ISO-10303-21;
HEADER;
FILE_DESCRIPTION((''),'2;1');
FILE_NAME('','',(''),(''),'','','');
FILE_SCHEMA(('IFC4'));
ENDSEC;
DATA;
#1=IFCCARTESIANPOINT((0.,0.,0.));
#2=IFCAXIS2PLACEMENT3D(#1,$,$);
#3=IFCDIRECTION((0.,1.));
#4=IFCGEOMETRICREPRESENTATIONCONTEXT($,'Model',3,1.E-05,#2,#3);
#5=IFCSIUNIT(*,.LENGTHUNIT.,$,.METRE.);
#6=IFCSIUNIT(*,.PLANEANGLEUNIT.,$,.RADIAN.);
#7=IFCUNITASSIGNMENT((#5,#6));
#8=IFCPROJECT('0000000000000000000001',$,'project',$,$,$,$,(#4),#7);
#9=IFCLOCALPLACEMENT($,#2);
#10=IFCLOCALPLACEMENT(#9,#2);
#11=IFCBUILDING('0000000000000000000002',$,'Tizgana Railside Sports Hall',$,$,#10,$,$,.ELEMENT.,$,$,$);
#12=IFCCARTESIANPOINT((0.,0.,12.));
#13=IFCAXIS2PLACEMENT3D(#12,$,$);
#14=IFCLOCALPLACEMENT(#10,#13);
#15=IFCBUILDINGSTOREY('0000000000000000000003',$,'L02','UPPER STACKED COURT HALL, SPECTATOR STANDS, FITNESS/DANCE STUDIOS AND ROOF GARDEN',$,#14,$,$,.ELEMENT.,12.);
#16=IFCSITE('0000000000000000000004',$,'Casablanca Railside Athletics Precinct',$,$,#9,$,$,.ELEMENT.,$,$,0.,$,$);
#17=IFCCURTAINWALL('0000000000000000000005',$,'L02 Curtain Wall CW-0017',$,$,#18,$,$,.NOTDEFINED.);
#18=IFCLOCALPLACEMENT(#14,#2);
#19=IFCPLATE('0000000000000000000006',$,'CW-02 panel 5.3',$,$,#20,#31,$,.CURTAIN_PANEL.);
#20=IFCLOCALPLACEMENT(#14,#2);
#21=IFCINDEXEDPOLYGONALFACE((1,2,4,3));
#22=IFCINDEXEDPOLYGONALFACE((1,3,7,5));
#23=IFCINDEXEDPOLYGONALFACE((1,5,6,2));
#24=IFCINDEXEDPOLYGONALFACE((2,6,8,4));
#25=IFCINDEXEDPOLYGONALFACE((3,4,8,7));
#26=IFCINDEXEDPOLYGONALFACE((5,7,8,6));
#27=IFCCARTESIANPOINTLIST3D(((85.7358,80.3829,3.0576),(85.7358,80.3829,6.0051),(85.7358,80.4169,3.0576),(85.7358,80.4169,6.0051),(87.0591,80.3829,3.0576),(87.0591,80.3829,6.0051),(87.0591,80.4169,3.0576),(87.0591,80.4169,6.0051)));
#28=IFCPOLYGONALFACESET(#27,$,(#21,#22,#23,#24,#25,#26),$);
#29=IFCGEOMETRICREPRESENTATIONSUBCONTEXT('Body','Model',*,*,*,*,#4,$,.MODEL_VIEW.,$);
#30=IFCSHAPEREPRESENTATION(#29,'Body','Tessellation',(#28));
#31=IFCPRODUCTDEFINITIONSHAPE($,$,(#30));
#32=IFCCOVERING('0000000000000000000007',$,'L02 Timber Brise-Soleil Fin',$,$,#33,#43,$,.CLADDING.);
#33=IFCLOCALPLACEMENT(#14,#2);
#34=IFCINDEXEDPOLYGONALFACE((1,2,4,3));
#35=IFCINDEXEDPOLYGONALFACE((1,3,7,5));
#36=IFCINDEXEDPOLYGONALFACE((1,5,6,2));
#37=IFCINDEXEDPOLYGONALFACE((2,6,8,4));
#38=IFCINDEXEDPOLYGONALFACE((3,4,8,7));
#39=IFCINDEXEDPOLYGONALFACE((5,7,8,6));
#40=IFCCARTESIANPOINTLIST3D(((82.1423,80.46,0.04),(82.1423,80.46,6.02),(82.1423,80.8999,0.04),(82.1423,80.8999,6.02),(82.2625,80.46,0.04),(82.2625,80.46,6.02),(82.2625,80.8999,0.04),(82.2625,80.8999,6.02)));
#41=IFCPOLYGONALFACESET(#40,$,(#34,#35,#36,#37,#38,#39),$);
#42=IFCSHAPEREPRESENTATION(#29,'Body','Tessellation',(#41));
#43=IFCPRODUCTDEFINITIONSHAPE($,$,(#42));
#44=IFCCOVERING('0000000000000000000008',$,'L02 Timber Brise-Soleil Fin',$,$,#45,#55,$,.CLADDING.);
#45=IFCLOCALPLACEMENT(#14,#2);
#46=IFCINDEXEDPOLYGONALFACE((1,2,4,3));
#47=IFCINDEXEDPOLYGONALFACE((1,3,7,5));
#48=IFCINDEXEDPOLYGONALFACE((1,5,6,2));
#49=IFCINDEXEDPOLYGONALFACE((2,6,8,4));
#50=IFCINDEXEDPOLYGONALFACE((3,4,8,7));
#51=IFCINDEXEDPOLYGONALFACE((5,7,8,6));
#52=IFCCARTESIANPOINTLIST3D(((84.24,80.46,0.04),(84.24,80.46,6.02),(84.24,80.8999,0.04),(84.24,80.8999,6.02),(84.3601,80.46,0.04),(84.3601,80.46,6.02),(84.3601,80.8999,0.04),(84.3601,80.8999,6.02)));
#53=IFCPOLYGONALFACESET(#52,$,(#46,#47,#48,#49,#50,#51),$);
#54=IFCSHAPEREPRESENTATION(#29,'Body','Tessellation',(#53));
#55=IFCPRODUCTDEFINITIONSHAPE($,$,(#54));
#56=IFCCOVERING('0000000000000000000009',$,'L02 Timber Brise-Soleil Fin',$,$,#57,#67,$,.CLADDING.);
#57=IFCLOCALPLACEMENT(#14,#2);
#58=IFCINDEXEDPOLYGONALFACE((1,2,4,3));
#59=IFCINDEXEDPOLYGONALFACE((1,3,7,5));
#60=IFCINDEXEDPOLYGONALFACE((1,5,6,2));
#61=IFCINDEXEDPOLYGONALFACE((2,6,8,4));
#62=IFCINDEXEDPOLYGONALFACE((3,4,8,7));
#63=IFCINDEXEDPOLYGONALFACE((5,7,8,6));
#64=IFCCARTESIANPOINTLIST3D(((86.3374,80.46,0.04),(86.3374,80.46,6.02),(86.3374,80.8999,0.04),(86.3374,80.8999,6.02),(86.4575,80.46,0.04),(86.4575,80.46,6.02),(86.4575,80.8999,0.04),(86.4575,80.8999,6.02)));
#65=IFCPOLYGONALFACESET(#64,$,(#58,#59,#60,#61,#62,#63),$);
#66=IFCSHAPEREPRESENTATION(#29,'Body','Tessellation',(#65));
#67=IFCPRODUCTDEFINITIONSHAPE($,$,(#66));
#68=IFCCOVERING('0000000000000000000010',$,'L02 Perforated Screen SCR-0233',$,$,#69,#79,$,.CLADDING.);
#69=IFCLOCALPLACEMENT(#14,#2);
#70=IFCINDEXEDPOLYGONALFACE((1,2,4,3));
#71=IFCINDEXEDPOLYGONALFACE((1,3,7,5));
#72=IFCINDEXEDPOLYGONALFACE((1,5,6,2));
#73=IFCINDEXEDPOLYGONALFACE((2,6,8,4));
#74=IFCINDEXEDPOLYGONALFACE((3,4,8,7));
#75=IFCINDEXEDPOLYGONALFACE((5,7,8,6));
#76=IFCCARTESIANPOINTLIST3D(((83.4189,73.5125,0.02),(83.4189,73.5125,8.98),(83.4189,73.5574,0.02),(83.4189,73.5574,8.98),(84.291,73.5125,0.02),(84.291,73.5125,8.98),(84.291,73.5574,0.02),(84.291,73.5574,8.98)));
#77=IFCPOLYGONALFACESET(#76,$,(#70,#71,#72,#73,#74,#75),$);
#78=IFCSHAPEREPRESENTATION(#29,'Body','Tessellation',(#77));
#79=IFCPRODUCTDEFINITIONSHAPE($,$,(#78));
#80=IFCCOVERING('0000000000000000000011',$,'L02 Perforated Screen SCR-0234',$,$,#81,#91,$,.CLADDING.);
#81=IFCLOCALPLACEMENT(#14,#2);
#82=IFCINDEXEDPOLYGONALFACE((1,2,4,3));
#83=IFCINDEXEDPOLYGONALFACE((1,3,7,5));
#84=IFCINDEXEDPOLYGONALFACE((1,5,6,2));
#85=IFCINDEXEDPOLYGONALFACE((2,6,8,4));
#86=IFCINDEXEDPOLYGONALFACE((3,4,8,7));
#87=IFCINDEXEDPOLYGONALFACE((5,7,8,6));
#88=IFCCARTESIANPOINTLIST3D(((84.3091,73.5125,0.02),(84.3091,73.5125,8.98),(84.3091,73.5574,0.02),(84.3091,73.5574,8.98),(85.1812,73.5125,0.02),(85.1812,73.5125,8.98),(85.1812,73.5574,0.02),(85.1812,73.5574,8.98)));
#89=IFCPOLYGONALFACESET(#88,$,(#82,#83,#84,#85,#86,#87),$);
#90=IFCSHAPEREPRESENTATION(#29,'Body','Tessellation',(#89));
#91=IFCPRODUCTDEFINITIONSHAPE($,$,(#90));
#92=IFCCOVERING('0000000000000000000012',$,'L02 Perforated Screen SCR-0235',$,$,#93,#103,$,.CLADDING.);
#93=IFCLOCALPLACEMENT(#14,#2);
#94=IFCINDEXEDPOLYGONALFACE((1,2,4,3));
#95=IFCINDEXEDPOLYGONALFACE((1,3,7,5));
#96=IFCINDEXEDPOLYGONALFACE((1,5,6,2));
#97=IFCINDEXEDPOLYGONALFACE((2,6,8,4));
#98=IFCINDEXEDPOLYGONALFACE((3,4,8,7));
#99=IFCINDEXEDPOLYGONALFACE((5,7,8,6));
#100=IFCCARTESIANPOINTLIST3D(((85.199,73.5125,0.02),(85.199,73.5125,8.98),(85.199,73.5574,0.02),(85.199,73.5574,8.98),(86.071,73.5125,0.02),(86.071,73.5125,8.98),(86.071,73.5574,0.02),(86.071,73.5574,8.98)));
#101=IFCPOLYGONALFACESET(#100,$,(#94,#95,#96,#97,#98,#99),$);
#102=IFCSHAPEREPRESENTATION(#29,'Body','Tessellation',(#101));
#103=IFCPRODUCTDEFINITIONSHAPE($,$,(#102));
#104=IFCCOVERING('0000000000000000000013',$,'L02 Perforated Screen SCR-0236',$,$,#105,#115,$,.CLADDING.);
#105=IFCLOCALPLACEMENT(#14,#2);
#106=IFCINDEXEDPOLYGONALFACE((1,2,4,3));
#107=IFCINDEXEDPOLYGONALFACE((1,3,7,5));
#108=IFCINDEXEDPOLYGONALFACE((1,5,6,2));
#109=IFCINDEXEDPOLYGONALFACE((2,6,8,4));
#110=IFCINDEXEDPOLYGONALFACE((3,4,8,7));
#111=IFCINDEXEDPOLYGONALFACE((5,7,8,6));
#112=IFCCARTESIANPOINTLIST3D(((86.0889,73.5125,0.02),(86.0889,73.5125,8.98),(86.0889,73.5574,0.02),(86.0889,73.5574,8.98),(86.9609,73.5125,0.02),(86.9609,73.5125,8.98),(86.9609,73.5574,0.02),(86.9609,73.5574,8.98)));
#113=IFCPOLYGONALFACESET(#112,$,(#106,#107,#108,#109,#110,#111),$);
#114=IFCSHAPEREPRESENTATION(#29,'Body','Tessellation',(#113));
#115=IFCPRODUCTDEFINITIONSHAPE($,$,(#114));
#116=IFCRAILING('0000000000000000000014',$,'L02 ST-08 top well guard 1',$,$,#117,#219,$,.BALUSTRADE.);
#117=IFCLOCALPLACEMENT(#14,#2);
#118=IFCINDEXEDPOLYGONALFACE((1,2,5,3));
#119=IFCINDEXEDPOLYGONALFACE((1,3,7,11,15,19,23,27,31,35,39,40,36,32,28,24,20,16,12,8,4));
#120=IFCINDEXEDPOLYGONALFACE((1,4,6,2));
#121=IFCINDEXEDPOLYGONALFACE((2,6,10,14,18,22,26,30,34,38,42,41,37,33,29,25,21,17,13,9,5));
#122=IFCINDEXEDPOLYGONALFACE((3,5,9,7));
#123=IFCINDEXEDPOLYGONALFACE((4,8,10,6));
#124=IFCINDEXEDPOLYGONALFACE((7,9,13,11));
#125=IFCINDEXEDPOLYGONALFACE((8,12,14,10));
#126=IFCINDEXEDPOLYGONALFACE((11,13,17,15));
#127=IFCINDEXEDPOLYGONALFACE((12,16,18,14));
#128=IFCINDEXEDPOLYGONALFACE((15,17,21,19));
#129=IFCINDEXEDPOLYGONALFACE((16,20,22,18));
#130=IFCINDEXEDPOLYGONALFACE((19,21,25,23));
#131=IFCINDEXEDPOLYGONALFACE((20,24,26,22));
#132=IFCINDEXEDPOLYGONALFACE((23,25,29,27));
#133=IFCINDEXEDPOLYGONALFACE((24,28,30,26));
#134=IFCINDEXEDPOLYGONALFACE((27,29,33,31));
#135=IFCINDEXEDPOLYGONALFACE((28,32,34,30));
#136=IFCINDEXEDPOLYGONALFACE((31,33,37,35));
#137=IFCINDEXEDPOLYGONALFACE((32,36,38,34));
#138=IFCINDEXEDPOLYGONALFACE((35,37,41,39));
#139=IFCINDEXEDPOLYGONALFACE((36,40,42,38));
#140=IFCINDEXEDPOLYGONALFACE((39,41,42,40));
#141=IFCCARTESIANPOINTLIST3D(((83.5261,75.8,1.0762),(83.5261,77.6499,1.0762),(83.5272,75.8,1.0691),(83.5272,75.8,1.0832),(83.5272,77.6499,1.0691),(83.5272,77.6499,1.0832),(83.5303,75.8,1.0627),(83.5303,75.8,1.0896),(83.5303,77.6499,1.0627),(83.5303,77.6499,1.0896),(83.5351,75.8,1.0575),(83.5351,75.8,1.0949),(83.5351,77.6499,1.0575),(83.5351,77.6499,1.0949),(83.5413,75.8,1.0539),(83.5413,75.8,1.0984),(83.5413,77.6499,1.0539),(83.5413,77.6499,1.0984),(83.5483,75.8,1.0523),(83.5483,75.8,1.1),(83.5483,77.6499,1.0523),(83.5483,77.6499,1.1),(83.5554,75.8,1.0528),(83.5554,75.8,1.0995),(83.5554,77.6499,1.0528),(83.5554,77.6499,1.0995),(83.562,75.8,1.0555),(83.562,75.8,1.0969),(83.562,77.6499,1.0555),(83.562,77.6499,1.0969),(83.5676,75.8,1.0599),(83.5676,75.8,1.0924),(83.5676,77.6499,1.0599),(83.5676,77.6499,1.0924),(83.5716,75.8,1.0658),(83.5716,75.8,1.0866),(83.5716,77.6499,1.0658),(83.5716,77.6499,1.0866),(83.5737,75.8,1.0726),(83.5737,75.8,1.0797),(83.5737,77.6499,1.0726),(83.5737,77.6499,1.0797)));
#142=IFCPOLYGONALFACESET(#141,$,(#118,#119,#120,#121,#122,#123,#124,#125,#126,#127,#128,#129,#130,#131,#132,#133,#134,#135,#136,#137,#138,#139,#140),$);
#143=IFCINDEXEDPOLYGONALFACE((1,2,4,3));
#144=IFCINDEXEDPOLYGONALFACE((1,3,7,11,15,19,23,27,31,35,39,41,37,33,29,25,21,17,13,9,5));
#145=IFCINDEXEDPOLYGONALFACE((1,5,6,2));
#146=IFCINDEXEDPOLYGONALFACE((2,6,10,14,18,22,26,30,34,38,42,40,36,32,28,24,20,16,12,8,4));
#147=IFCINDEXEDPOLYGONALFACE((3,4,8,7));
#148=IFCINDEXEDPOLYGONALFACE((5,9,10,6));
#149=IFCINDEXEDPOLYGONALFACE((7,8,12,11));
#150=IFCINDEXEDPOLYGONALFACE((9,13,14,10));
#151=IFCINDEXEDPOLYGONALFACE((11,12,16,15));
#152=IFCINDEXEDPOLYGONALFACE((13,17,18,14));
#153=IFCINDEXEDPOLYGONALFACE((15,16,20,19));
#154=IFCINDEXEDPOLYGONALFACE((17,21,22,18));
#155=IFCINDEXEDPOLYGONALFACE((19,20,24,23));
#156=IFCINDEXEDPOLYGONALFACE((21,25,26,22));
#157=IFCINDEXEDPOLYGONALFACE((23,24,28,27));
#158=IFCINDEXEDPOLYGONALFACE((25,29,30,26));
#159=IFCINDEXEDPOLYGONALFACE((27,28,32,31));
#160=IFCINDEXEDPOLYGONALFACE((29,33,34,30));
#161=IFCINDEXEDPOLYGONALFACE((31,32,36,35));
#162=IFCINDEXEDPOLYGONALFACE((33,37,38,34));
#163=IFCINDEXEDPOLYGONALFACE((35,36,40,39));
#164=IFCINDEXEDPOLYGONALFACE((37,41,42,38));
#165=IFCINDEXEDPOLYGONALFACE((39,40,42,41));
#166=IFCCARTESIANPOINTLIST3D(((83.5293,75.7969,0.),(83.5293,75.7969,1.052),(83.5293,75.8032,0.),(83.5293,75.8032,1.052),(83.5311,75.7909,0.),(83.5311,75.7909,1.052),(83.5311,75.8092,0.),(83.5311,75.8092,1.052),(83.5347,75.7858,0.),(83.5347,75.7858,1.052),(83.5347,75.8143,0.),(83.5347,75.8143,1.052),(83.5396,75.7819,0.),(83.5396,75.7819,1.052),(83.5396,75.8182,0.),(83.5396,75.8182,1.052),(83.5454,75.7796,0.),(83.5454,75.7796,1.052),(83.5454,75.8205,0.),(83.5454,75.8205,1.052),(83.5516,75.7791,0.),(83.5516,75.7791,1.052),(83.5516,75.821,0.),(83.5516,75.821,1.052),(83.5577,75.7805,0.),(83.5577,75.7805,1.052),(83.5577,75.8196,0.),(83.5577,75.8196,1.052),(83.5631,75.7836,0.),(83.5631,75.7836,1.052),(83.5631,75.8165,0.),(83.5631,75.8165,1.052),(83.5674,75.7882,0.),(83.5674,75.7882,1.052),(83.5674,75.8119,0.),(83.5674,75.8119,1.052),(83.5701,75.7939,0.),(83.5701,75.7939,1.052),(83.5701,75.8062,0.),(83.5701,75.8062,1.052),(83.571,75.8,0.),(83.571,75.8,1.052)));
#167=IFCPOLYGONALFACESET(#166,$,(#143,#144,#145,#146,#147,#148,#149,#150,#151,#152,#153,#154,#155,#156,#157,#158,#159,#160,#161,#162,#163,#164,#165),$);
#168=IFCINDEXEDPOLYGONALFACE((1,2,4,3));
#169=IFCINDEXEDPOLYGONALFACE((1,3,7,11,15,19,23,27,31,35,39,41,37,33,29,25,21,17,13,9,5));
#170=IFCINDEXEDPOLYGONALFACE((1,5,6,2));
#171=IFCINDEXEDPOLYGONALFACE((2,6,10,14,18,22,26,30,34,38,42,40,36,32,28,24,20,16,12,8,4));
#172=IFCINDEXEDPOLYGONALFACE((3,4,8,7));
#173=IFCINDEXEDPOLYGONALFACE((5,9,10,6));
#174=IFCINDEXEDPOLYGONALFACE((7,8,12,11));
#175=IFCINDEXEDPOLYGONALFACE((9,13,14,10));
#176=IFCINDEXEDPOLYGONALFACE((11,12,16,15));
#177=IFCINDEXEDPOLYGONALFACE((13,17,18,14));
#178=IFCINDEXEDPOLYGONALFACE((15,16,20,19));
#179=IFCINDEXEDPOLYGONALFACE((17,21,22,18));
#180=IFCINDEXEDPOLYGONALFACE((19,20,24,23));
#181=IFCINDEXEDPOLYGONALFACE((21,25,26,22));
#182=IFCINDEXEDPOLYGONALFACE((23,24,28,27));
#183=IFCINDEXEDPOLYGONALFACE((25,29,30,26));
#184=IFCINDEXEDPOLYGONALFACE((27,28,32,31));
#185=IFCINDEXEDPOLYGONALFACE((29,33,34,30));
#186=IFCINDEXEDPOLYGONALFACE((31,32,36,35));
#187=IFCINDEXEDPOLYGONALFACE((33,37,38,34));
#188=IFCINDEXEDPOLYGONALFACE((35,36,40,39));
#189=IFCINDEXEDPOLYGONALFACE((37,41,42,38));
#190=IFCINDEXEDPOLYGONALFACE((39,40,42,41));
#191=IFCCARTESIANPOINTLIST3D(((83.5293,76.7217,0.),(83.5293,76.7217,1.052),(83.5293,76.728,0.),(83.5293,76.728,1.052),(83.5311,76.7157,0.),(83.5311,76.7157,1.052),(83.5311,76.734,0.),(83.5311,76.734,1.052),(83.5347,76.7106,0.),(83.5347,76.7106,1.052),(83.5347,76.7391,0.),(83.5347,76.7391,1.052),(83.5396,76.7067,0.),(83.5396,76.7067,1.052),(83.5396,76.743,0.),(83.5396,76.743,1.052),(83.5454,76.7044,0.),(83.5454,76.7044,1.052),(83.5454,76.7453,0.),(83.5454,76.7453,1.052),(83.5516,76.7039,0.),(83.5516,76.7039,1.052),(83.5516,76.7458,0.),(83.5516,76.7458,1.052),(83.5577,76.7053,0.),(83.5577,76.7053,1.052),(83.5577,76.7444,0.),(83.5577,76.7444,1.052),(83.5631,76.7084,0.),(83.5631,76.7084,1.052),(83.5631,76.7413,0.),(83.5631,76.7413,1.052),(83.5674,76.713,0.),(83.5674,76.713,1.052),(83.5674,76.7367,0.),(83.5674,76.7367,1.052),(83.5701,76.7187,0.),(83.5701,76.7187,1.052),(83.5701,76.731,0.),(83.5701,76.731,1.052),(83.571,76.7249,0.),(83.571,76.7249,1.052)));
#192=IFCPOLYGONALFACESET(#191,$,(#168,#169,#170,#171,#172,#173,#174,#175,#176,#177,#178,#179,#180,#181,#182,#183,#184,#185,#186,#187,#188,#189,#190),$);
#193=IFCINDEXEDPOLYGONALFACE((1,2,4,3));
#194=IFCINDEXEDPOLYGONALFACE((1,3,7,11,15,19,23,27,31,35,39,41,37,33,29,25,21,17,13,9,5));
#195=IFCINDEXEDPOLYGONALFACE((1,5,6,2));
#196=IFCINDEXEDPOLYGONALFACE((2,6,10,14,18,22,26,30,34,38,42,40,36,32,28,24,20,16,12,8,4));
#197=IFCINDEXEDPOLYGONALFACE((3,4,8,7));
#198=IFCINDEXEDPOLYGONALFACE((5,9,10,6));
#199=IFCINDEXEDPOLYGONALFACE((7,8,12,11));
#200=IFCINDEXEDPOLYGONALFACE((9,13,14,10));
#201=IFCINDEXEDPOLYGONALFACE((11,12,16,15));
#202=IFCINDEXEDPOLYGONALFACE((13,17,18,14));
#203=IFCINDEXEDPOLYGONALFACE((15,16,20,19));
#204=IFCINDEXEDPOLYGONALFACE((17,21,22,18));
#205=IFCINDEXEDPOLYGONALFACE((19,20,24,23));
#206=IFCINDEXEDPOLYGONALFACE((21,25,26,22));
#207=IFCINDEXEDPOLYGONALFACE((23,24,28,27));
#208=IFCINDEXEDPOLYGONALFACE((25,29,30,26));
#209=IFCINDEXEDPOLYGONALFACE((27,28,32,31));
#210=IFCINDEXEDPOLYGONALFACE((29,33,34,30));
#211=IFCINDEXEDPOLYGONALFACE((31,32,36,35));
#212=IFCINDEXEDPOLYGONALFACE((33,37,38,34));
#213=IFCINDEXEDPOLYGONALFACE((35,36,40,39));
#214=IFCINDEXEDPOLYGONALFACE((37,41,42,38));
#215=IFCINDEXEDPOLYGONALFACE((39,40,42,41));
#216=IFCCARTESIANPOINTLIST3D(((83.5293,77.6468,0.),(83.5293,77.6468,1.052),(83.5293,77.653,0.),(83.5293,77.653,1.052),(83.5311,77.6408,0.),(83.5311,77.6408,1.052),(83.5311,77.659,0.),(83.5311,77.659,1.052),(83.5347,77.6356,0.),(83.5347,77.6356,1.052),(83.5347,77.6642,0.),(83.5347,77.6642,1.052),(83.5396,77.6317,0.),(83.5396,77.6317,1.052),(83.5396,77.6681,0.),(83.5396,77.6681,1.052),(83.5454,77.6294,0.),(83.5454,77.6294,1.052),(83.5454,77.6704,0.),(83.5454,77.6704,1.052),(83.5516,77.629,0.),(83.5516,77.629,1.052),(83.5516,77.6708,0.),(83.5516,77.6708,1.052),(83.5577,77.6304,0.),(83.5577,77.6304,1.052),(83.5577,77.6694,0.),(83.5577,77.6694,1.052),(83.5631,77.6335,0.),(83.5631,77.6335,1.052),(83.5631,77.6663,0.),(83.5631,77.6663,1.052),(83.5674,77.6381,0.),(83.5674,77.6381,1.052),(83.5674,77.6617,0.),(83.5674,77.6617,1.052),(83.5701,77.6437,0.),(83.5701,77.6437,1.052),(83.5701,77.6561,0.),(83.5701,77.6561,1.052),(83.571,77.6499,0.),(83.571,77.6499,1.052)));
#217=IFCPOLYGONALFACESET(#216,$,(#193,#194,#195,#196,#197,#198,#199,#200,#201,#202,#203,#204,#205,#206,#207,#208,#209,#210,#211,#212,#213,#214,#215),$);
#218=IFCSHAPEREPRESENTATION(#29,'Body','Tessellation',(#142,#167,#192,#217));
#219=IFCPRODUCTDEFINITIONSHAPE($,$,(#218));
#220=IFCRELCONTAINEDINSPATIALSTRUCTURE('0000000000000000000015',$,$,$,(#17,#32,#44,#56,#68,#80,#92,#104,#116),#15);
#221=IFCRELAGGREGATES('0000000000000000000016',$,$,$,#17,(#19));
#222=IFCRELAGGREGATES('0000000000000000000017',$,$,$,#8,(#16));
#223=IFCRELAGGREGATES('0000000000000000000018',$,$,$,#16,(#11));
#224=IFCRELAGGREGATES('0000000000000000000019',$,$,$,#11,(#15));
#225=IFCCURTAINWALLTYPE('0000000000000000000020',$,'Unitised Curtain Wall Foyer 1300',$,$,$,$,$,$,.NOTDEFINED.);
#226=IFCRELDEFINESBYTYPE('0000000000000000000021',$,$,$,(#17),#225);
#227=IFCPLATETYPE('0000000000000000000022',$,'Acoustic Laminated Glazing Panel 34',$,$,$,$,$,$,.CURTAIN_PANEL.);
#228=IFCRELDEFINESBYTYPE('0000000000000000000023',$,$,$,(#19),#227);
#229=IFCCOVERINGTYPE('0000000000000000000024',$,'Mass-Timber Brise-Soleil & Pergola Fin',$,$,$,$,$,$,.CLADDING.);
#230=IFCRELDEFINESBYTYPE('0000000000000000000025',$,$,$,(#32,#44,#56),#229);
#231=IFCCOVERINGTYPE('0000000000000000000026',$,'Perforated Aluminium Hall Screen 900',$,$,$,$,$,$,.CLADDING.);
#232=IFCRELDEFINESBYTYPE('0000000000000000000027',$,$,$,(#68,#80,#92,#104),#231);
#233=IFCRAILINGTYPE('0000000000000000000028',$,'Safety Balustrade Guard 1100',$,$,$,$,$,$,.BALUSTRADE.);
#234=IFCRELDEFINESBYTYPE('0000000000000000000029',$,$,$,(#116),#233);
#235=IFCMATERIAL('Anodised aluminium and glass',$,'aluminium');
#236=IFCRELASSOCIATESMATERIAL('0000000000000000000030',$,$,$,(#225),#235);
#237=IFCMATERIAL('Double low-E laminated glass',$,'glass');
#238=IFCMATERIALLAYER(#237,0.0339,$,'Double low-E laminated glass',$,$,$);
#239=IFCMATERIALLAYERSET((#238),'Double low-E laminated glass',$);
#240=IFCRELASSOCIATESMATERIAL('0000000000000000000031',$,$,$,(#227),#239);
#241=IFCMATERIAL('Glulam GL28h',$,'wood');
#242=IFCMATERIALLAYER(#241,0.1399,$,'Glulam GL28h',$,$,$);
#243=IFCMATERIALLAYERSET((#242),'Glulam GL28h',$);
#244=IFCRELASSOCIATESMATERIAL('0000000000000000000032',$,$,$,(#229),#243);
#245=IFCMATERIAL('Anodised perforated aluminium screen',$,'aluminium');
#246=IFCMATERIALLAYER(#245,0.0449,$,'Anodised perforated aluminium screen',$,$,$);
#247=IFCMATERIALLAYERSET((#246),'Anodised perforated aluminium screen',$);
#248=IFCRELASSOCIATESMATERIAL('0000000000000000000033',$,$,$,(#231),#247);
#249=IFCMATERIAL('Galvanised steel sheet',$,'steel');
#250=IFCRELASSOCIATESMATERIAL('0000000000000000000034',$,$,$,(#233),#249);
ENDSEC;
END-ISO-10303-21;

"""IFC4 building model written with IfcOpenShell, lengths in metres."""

from ifc_helpers import new_model, si_unit, direction, frame, origin, origin_2d, place, context, subcontext, project, spatial, rectangle, circle, extrude, material, layer, layer_set, type_object, element, aggregate, save


model = new_model("IFC4")

# Units and contexts
model_context = context("Model", 3, precision=1e-05, world=origin(), true_north=direction((0.0, 1.0)))
body_context = subcontext(model_context, "Body", "Model", "MODEL_VIEW")
ifc_project = project(units=[si_unit("LENGTHUNIT", "METRE"), si_unit("PLANEANGLEUNIT", "RADIAN")], contexts=[model_context])

# Site, building, storey
site_placement = place(None, origin())
site = spatial("IfcSite", under=ifc_project, at=site_placement, Name="Casablanca Railside Athletics Precinct", CompositionType="ELEMENT", RefElevation=0.0)
building_placement = place(site_placement, origin())
building = spatial("IfcBuilding", under=site, at=building_placement, Name="Tizgana Railside Sports Hall", CompositionType="ELEMENT")
storey_placement = place(building_placement, frame((0.0, 0.0, 12.0)))
storey = spatial("IfcBuildingStorey", under=building, at=storey_placement, Name="L02", Description="UPPER STACKED COURT HALL, SPECTATOR STANDS, FITNESS/DANCE STUDIOS AND ROOF GARDEN", CompositionType="ELEMENT", Elevation=12.0)

# Curtain wall
ifc_material_1 = material(Name="Anodised aluminium and glass", Category="aluminium")
curtain_wall_type = type_object("IfcCurtainWallType", Name="Unitised Curtain Wall Foyer 1300", PredefinedType="NOTDEFINED", material=ifc_material_1)
curtain_wall_placement = place(storey_placement, origin())
curtain_wall = element("IfcCurtainWall", 1, at=curtain_wall_placement, inside=storey, type_object=curtain_wall_type, Name="L02 Curtain Wall CW-0017", PredefinedType="NOTDEFINED")

# Plate
ifc_material_2 = material(Name="Double low-E laminated glass", Category="glass")
ifc_layer_1 = layer(ifc_material_2, 0.0339, Name="Double low-E laminated glass")
ifc_layer_set_1 = layer_set([ifc_layer_1], Name="Double low-E laminated glass")
plate_type = type_object("IfcPlateType", Name="Acoustic Laminated Glazing Panel 34", PredefinedType="CURTAIN_PANEL", material=ifc_layer_set_1)
plate_1_placement = place(storey_placement, frame((86.3975, 80.3999, 3.0576), z_axis=(0.0, 0.0, 1.0), x_axis=(1.0, 0.0, 0.0)))
plate_1 = element("IfcPlate", 2, at=plate_1_placement, type_object=plate_type, Name="CW-02 panel 5.3", PredefinedType="CURTAIN_PANEL", context=body_context, shape_type="SweptSolid", body=[
    extrude(rectangle(XDim=1.3232, YDim=0.0339, at=origin_2d()), origin(), (0.0, 0.0, 1.0), 2.9475),
])
aggregate(curtain_wall, [plate_1])

# Coverings
ifc_material_3 = material(Name="Glulam GL28h", Category="wood")
ifc_layer_2 = layer(ifc_material_3, 0.1399, Name="Glulam GL28h")
ifc_layer_set_2 = layer_set([ifc_layer_2], Name="Glulam GL28h")
covering_type_1 = type_object("IfcCoveringType", Name="Mass-Timber Brise-Soleil & Pergola Fin", PredefinedType="CLADDING", material=ifc_layer_set_2)
for number, where, z_axis, x_axis, name in (
    (3, (82.2024, 80.6799, 0.04), (0.0, 0.0, 1.0), (1.0, 0.0, 0.0), "L02 Timber Brise-Soleil Fin"),
    (4, (84.3, 80.6799, 0.04), (0.0, 0.0, 1.0), (1.0, 0.0, 0.0), "L02 Timber Brise-Soleil Fin"),
    (5, (86.3975, 80.6799, 0.04), (0.0, 0.0, 1.0), (1.0, 0.0, 0.0), "L02 Timber Brise-Soleil Fin"),
):
    element("IfcCovering", number, at=place(storey_placement, frame(where, z_axis=z_axis, x_axis=x_axis)), inside=storey, type_object=covering_type_1, Name=name, PredefinedType="CLADDING", context=body_context, shape_type="SweptSolid", body=[
        extrude(rectangle(XDim=0.1201, YDim=0.4399, at=origin_2d()), origin(), (0.0, 0.0, 1.0), 5.98),
    ])
ifc_material_4 = material(Name="Anodised perforated aluminium screen", Category="aluminium")
ifc_layer_3 = layer(ifc_material_4, 0.0449, Name="Anodised perforated aluminium screen")
ifc_layer_set_3 = layer_set([ifc_layer_3], Name="Anodised perforated aluminium screen")
covering_type_2 = type_object("IfcCoveringType", Name="Perforated Aluminium Hall Screen 900", PredefinedType="CLADDING", material=ifc_layer_set_3)
for number, where, z_axis, x_axis, name in (
    (6, (83.855, 73.5349, 0.02), (0.0, 0.0, 1.0), (1.0, 0.0, 0.0), "L02 Perforated Screen SCR-0233"),
    (7, (84.7451, 73.5349, 0.02), (0.0, 0.0, 1.0), (1.0, 0.0, 0.0), "L02 Perforated Screen SCR-0234"),
    (8, (85.635, 73.5349, 0.02), (0.0, 0.0, 1.0), (1.0, 0.0, 0.0), "L02 Perforated Screen SCR-0235"),
    (9, (86.5249, 73.5349, 0.02), (0.0, 0.0, 1.0), (1.0, 0.0, 0.0), "L02 Perforated Screen SCR-0236"),
):
    element("IfcCovering", number, at=place(storey_placement, frame(where, z_axis=z_axis, x_axis=x_axis)), inside=storey, type_object=covering_type_2, Name=name, PredefinedType="CLADDING", context=body_context, shape_type="SweptSolid", body=[
        extrude(rectangle(XDim=0.8721, YDim=0.0449, at=origin_2d()), origin(), (0.0, 0.0, 1.0), 8.96),
    ])

# Railing
ifc_material_5 = material(Name="Galvanised steel sheet", Category="steel")
railing_type = type_object("IfcRailingType", Name="Safety Balustrade Guard 1100", PredefinedType="BALUSTRADE", material=ifc_material_5)
railing_1_placement = place(storey_placement, frame((83.55, 75.8, 0.0)))
element("IfcRailing", 10, at=railing_1_placement, inside=storey, type_object=railing_type, Name="L02 ST-08 top well guard 1", PredefinedType="BALUSTRADE", context=body_context, shape_type="SweptSolid", body=[
    extrude(circle(Radius=0.0239, at=origin_2d()), frame((0.0, 0.0, 1.0762), z_axis=(0.0, 1.0, 0.0), x_axis=(-1.0, 0.0, 0.0)), (0.0, 0.0, 1.0), 1.8499),
    extrude(circle(Radius=0.021, at=origin_2d()), origin(), (0.0, 0.0, 1.0), 1.052),
    extrude(circle(Radius=0.021, at=origin_2d()), frame((0.0, 0.9248, 0.0)), (0.0, 0.0, 1.0), 1.052),
    extrude(circle(Radius=0.021, at=origin_2d()), frame((0.0, 1.8499, 0.0)), (0.0, 0.0, 1.0), 1.052),
])

save(model, "model.ifc")
